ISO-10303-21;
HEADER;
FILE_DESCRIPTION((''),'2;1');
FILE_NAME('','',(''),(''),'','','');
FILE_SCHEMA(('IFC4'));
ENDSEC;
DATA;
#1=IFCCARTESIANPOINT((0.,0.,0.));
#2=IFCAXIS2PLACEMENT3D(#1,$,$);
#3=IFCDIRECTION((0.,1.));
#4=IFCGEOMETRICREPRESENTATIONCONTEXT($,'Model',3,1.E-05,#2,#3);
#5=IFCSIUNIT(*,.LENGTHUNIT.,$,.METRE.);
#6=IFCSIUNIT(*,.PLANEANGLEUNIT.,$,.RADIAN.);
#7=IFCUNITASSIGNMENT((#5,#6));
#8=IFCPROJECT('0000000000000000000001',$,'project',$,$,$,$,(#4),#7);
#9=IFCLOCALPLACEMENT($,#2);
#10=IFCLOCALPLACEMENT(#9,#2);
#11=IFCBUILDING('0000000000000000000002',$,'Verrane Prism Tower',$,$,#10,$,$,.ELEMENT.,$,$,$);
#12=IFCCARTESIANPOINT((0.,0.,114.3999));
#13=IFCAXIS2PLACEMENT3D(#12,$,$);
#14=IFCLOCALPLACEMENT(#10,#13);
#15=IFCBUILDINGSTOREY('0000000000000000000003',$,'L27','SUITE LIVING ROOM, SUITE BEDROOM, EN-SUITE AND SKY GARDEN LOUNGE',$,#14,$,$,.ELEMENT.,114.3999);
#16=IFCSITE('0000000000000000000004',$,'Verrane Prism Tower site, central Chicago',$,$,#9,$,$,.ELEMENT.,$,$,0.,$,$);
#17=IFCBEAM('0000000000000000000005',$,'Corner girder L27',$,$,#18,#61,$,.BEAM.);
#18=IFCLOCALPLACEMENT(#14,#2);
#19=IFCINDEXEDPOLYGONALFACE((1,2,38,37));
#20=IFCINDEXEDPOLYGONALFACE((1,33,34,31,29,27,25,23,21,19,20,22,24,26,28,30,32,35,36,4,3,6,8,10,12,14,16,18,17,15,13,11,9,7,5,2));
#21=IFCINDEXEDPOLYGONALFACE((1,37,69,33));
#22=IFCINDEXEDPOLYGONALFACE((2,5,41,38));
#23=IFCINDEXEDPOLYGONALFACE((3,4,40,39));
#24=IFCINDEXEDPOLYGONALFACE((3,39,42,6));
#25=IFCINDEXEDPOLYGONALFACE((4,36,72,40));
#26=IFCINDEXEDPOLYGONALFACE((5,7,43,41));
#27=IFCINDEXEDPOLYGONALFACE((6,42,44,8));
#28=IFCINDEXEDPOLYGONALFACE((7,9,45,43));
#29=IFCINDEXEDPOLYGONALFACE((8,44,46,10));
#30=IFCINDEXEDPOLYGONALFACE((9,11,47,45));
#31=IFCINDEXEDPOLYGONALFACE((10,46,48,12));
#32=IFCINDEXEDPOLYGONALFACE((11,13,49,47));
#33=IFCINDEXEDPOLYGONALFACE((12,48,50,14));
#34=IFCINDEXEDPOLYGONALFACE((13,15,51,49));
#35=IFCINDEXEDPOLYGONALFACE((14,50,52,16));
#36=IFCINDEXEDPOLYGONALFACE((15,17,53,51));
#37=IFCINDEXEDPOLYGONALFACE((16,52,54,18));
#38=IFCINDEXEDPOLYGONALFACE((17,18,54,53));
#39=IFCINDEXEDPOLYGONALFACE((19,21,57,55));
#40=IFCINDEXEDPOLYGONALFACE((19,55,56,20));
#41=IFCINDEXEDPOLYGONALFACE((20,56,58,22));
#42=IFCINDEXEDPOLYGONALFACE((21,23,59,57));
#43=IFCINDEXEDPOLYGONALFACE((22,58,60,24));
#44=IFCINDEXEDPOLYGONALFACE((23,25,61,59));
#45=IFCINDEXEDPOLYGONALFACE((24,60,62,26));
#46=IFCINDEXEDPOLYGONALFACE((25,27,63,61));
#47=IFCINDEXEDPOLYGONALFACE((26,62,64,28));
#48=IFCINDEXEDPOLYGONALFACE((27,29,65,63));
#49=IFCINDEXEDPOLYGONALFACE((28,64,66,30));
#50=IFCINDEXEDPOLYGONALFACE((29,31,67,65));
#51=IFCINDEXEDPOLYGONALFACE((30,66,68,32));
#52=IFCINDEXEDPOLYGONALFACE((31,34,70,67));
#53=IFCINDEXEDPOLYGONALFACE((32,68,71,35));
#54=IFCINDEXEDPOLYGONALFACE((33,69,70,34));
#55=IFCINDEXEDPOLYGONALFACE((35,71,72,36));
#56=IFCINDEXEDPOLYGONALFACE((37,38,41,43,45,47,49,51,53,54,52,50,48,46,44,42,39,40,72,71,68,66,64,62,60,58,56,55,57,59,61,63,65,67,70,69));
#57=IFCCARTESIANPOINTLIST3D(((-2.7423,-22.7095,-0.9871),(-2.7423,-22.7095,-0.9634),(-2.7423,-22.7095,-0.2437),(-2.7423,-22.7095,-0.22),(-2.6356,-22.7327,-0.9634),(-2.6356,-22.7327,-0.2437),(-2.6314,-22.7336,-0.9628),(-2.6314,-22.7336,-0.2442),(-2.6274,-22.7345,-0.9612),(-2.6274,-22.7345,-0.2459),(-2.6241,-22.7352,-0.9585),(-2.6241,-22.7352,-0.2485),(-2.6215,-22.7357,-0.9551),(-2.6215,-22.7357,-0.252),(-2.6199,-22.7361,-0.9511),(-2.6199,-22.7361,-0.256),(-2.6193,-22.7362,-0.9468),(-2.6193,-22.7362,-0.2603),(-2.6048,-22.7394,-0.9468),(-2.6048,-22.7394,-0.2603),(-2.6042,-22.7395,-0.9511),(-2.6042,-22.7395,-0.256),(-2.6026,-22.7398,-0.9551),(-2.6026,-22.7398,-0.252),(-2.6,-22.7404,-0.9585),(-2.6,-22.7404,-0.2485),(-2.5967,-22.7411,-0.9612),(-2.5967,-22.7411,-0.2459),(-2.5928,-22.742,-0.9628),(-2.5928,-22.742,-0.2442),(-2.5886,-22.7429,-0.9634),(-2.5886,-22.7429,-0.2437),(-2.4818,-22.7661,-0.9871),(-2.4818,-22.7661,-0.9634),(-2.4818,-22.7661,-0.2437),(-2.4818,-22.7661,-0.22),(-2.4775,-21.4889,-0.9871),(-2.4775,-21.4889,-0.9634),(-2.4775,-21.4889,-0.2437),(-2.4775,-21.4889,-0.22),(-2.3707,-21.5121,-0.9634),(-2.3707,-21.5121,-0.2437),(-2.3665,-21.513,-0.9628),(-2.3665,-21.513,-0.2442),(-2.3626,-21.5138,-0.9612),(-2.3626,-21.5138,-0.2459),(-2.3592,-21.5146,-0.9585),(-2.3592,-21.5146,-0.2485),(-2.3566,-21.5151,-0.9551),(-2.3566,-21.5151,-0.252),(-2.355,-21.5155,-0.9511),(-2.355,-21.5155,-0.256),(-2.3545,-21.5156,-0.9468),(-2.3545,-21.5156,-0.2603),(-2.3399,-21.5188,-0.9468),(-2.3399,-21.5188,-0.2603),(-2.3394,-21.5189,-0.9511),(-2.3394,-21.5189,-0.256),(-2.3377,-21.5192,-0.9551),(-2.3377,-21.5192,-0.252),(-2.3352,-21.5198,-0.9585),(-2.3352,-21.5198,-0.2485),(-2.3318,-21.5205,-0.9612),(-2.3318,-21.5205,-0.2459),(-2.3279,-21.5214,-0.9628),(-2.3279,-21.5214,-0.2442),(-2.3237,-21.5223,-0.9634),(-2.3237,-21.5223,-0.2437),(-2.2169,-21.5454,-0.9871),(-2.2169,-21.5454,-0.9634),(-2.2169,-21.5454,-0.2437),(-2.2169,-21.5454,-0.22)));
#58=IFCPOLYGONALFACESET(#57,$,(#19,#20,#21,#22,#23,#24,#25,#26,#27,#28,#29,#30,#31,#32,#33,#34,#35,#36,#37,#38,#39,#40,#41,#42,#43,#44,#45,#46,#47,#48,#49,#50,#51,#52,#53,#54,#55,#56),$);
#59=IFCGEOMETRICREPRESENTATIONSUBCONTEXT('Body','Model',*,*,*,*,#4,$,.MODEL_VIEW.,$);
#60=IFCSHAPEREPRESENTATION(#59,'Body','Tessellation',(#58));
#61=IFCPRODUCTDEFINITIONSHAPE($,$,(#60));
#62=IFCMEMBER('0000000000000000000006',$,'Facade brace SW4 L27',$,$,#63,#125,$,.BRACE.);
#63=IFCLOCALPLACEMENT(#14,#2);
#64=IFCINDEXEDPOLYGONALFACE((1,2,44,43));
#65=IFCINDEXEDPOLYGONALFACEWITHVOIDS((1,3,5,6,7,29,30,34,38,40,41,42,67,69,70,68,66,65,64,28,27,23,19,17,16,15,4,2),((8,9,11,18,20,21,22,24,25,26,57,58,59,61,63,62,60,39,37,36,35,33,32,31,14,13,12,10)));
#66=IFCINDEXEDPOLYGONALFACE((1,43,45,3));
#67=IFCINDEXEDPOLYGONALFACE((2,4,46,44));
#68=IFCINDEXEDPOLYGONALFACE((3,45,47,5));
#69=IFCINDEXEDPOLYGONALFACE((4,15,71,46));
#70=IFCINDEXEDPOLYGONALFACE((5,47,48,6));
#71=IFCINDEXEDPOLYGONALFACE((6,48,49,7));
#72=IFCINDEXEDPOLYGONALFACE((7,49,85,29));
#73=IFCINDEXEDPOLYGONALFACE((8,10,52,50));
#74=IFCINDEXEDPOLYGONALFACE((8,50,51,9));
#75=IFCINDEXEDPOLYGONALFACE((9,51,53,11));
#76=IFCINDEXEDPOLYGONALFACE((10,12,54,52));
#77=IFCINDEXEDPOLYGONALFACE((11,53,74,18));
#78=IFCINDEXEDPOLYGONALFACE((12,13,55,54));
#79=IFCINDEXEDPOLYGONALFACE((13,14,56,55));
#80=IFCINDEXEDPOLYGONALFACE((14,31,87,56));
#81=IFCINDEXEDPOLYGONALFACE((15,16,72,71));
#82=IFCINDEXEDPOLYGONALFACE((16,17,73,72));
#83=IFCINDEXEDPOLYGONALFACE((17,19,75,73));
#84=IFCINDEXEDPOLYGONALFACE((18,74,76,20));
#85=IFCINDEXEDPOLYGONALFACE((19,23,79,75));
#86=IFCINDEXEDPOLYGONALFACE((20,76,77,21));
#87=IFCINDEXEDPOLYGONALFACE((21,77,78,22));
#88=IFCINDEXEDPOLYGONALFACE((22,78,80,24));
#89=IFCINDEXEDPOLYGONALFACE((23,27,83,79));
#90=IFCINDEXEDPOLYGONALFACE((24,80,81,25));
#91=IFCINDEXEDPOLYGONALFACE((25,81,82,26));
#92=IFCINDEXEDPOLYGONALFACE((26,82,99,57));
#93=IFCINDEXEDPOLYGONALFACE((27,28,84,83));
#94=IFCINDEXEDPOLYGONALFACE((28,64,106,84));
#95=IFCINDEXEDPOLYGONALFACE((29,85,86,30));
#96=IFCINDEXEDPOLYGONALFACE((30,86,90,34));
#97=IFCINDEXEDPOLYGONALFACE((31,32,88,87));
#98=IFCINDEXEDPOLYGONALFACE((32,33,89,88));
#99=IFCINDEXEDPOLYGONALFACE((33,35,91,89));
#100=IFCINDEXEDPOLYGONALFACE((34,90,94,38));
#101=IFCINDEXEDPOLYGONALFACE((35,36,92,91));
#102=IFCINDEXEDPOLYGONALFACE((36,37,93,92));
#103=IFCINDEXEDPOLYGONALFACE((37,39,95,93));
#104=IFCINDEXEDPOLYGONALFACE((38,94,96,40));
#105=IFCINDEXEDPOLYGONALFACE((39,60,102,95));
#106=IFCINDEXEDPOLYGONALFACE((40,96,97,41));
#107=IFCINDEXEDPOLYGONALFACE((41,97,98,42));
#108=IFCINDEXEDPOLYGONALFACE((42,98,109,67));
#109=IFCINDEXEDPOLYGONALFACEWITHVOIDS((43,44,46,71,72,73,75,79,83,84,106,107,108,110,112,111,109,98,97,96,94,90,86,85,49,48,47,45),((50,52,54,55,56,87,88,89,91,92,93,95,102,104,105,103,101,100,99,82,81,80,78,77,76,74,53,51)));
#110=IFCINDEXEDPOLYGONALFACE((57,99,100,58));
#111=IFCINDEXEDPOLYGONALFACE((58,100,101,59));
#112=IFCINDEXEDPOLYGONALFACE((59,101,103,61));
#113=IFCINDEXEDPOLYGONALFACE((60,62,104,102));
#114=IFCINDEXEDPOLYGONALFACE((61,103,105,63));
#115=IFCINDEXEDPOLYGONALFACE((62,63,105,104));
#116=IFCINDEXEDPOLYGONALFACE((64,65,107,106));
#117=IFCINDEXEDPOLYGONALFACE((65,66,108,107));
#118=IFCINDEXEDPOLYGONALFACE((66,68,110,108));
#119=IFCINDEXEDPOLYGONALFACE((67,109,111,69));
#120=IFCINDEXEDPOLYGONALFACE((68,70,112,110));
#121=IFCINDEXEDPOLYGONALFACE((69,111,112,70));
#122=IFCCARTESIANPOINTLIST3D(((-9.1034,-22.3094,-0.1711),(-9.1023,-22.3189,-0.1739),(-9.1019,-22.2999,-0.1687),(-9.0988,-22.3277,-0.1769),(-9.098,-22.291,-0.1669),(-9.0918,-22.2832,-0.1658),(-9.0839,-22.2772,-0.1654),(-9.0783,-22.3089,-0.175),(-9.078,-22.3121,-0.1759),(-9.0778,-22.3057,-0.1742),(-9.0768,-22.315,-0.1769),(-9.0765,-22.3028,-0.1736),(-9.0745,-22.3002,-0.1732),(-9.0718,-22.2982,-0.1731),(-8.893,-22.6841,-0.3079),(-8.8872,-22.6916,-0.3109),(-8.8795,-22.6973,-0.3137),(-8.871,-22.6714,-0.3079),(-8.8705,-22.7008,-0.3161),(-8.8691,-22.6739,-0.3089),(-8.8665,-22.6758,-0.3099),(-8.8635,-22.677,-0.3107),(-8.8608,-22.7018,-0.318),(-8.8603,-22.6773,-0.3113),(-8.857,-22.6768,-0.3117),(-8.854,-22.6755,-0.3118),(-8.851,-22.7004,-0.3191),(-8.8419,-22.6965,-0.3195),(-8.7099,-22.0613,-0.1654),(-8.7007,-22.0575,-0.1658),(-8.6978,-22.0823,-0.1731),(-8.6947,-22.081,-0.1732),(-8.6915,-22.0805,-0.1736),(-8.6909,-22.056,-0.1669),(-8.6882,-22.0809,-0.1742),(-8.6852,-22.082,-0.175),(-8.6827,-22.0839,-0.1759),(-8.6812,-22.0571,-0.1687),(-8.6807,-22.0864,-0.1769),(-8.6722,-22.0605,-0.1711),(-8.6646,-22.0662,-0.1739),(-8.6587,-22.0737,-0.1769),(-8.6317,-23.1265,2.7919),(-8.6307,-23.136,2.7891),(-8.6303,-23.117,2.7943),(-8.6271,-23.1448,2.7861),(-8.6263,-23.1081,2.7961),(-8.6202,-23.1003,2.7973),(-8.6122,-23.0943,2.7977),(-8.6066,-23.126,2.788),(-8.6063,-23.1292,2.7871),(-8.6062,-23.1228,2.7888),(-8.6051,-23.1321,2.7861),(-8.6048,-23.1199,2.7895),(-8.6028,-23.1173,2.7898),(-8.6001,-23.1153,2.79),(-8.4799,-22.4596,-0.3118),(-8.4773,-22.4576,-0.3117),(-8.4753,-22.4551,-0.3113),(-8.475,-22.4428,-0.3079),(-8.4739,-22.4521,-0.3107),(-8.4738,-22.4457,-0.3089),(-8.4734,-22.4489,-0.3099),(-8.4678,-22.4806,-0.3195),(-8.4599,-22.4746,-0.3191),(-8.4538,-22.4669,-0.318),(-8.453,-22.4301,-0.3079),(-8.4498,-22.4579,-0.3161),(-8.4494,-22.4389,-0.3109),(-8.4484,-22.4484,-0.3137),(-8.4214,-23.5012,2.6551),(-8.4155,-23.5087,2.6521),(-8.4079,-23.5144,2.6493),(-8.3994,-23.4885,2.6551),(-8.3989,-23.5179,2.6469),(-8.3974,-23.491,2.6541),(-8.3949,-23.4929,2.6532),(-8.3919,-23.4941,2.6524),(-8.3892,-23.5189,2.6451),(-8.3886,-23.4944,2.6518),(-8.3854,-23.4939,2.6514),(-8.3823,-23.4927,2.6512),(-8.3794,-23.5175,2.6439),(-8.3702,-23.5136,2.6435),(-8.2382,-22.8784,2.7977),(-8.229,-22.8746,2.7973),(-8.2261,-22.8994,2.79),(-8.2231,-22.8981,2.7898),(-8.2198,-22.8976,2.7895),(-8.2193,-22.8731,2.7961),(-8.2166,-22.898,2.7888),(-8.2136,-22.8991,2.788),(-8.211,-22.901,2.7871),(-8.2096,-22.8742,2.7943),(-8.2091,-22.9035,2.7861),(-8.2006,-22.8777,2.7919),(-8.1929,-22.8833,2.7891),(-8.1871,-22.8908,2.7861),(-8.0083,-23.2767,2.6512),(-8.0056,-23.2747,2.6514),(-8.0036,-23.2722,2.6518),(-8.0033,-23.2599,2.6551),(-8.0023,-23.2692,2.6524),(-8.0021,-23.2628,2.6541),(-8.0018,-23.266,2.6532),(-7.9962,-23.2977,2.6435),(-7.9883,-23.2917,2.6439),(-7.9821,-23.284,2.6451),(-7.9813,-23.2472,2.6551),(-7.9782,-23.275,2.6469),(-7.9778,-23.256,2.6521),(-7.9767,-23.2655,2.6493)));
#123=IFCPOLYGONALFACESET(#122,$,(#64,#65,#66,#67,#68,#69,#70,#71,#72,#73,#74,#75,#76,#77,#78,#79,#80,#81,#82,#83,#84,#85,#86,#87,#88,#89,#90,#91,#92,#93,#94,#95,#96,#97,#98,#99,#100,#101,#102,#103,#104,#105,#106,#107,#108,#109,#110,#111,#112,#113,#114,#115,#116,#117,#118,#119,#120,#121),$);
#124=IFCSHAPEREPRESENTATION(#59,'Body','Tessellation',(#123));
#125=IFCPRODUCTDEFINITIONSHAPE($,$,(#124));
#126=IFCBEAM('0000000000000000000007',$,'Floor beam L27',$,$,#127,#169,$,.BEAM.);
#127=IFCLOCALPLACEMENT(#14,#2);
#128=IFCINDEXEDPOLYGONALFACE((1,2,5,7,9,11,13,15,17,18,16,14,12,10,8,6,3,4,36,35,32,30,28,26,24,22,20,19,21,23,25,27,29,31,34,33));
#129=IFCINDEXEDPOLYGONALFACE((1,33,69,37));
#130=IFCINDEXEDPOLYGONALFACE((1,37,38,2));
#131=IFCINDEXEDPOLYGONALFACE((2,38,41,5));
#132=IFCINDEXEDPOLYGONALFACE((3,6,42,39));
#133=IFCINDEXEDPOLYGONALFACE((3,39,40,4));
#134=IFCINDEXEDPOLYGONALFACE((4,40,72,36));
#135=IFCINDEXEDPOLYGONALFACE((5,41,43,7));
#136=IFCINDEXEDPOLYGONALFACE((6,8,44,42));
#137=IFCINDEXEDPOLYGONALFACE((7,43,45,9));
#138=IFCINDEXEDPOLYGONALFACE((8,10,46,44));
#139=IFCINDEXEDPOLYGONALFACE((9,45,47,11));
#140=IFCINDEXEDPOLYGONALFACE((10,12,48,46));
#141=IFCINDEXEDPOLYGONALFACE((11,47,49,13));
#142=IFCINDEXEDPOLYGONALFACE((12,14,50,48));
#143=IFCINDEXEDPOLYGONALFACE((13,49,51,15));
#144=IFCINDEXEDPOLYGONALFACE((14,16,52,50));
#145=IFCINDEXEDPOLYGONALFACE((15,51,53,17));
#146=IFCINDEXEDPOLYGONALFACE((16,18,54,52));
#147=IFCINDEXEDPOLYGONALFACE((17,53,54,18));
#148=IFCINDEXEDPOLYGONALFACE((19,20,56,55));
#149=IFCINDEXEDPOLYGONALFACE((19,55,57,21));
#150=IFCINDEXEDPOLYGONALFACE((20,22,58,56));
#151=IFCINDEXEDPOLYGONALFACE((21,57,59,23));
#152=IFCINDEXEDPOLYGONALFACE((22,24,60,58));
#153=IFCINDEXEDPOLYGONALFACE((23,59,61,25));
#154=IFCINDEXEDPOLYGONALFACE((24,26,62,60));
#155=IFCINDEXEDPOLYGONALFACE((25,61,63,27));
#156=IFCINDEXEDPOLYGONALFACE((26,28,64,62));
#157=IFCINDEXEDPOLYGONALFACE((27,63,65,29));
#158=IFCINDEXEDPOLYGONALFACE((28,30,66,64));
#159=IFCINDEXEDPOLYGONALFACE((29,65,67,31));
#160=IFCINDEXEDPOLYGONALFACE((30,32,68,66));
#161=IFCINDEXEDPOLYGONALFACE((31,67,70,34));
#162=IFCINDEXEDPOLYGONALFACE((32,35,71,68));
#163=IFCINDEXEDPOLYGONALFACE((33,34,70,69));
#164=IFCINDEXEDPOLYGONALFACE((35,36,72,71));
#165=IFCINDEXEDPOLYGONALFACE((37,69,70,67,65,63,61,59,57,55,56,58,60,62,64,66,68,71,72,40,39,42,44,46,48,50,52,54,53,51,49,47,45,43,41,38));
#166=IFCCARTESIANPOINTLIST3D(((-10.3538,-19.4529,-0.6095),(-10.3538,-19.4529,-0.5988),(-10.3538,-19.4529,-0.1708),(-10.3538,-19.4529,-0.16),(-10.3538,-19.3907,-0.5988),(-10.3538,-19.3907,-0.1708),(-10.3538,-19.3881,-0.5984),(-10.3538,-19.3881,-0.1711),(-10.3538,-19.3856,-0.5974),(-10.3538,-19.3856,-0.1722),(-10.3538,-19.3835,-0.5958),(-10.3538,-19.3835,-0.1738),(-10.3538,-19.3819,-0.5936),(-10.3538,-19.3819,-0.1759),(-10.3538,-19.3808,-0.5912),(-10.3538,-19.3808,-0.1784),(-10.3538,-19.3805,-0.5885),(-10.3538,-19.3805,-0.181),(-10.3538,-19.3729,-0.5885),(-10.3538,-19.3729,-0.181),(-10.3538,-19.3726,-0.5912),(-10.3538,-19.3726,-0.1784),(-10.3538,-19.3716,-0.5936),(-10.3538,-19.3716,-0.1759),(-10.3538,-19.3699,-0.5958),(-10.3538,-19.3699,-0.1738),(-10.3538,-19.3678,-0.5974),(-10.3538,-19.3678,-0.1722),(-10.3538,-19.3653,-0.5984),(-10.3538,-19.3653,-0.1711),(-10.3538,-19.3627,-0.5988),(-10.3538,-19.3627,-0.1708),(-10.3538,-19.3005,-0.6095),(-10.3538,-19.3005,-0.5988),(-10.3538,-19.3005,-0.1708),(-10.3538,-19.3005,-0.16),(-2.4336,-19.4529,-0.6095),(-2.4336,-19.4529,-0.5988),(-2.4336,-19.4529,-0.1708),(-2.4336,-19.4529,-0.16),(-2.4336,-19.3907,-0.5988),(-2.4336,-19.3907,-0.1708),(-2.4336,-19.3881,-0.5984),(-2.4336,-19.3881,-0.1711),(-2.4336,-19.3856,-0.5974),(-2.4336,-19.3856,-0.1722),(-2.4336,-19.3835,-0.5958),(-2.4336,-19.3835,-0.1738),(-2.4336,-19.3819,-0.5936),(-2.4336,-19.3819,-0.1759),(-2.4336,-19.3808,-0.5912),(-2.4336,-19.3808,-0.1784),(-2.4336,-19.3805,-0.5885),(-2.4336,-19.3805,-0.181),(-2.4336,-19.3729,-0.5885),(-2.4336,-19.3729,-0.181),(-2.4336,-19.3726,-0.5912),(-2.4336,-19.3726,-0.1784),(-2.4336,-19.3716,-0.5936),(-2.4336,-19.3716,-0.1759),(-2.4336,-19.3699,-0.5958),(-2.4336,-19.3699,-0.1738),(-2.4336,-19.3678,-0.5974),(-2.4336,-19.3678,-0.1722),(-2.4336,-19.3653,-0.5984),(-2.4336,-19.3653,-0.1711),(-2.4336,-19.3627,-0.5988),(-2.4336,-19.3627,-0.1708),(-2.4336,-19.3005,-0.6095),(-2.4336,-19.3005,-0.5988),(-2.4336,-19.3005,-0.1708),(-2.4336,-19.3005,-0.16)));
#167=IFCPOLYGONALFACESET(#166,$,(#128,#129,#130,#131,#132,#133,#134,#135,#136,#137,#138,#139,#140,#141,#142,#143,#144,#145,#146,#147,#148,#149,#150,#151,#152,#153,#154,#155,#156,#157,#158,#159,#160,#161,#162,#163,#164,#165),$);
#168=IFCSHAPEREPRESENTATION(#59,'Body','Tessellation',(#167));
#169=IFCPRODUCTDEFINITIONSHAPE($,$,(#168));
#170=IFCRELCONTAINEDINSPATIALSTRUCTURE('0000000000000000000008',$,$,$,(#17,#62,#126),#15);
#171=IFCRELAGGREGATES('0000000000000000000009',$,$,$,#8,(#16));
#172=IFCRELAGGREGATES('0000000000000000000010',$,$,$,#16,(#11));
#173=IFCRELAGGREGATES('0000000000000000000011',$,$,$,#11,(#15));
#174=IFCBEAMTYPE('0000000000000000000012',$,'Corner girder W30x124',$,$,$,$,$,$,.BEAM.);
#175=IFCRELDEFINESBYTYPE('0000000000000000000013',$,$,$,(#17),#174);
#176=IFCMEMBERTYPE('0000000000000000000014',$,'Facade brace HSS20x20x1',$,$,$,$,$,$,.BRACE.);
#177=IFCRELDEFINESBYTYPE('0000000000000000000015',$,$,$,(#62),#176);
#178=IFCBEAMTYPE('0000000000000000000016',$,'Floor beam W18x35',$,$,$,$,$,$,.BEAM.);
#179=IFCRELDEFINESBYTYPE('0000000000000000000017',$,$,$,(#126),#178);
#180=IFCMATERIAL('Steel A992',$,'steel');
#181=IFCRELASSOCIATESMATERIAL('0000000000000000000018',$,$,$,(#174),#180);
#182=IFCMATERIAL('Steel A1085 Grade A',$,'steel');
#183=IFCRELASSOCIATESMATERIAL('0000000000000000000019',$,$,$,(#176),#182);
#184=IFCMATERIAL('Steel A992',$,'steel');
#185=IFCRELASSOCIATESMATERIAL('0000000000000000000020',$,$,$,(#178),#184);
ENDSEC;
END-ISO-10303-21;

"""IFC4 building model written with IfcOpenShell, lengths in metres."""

from ifc_helpers import new_model, si_unit, direction, frame, origin, origin_2d, place, context, subcontext, project, spatial, hollow_rectangle, i_section, extrude, material, material_profile, profile_set, type_object, element, save


model = new_model("IFC4")

# Units and contexts
model_context = context("Model", 3, precision=1e-05, world=origin(), true_north=direction((0.0, 1.0)))
body_context = subcontext(model_context, "Body", "Model", "MODEL_VIEW")
ifc_project = project(units=[si_unit("LENGTHUNIT", "METRE"), si_unit("PLANEANGLEUNIT", "RADIAN")], contexts=[model_context])

# Site, building, storey
site_placement = place(None, origin())
site = spatial("IfcSite", under=ifc_project, at=site_placement, Name="Verrane Prism Tower site, central Chicago", CompositionType="ELEMENT", RefElevation=0.0)
building_placement = place(site_placement, origin())
building = spatial("IfcBuilding", under=site, at=building_placement, Name="Verrane Prism Tower", CompositionType="ELEMENT")
storey_placement = place(building_placement, frame((0.0, 0.0, 114.3999)))
storey = spatial("IfcBuildingStorey", under=building, at=storey_placement, Name="L27", Description="SUITE LIVING ROOM, SUITE BEDROOM, EN-SUITE AND SKY GARDEN LOUNGE", CompositionType="ELEMENT", Elevation=114.3999)

# Beam
ifc_material_1 = material(Name="Steel A992", Category="steel")
ifc_material_profile_1 = material_profile(ifc_material_1, i_section(OverallWidth=0.2666, OverallDepth=0.7671, WebThickness=0.0149, FlangeThickness=0.0237, FilletRadius=0.0166, at=origin_2d()), Name="W30x124")
ifc_profile_set_1 = profile_set([ifc_material_profile_1], Name="Steel A992")
beam_type_1 = type_object("IfcBeamType", Name="Corner girder W30x124", PredefinedType="BEAM", material=ifc_profile_set_1)
beam_1_placement = place(storey_placement, frame((-2.6121, -22.7378, -0.6035), z_axis=(0.212064, 0.977256, 0.0), x_axis=(-0.977256, 0.212064, 0.0)))
element("IfcBeam", 1, at=beam_1_placement, inside=storey, type_object=beam_type_1, Name="Corner girder L27", PredefinedType="BEAM", context=body_context, shape_type="SweptSolid", body=[
    extrude(i_section(OverallWidth=0.2666, OverallDepth=0.7671, WebThickness=0.0149, FlangeThickness=0.0237, FilletRadius=0.0166, at=origin_2d()), origin(), (0.0, 0.0, 1.0), 1.249),
])

# Member
ifc_material_2 = material(Name="Steel A1085 Grade A", Category="steel")
ifc_material_profile_2 = material_profile(ifc_material_2, hollow_rectangle(XDim=0.5081, YDim=0.5081, WallThickness=0.0254, InnerFilletRadius=0.0127, OuterFilletRadius=0.0381, at=origin_2d()), Name="HSS20x20x1")
ifc_profile_set_2 = profile_set([ifc_material_profile_2], Name="Steel A1085 Grade A")
member_type = type_object("IfcMemberType", Name="Facade brace HSS20x20x1", PredefinedType="BRACE", material=ifc_profile_set_2)
member_placement = place(storey_placement, frame((-8.7759, -22.3789, -0.2424), z_axis=(0.151679, -0.262769, 0.952862), x_axis=(0.866069, 0.499924, 0.0)))
element("IfcMember", 2, at=member_placement, inside=storey, type_object=member_type, Name="Facade brace SW4 L27", PredefinedType="BRACE", context=body_context, shape_type="SweptSolid", body=[
    extrude(hollow_rectangle(XDim=0.5081, YDim=0.5081, WallThickness=0.0254, InnerFilletRadius=0.0127, OuterFilletRadius=0.0381, at=origin_2d()), origin(), (0.0, 0.0, 1.0), 3.1096),
])

# Beam
ifc_material_3 = material(Name="Steel A992", Category="steel")
ifc_material_profile_3 = material_profile(ifc_material_3, i_section(OverallWidth=0.1523, OverallDepth=0.4495, WebThickness=0.0076, FlangeThickness=0.0107, FilletRadius=0.0103, at=origin_2d()), Name="W18x35")
ifc_profile_set_3 = profile_set([ifc_material_profile_3], Name="Steel A992")
beam_type_2 = type_object("IfcBeamType", Name="Floor beam W18x35", PredefinedType="BEAM", material=ifc_profile_set_3)
beam_2_placement = place(storey_placement, frame((-10.3538, -19.3767, -0.3848), z_axis=(1.0, 0.0, 0.0), x_axis=(0.0, 1.0, 0.0)))
element("IfcBeam", 3, at=beam_2_placement, inside=storey, type_object=beam_type_2, Name="Floor beam L27", PredefinedType="BEAM", context=body_context, shape_type="SweptSolid", body=[
    extrude(i_section(OverallWidth=0.1523, OverallDepth=0.4495, WebThickness=0.0076, FlangeThickness=0.0107, FilletRadius=0.0103, at=origin_2d()), origin(), (0.0, 0.0, 1.0), 7.9202),
])

save(model, "model.ifc")
